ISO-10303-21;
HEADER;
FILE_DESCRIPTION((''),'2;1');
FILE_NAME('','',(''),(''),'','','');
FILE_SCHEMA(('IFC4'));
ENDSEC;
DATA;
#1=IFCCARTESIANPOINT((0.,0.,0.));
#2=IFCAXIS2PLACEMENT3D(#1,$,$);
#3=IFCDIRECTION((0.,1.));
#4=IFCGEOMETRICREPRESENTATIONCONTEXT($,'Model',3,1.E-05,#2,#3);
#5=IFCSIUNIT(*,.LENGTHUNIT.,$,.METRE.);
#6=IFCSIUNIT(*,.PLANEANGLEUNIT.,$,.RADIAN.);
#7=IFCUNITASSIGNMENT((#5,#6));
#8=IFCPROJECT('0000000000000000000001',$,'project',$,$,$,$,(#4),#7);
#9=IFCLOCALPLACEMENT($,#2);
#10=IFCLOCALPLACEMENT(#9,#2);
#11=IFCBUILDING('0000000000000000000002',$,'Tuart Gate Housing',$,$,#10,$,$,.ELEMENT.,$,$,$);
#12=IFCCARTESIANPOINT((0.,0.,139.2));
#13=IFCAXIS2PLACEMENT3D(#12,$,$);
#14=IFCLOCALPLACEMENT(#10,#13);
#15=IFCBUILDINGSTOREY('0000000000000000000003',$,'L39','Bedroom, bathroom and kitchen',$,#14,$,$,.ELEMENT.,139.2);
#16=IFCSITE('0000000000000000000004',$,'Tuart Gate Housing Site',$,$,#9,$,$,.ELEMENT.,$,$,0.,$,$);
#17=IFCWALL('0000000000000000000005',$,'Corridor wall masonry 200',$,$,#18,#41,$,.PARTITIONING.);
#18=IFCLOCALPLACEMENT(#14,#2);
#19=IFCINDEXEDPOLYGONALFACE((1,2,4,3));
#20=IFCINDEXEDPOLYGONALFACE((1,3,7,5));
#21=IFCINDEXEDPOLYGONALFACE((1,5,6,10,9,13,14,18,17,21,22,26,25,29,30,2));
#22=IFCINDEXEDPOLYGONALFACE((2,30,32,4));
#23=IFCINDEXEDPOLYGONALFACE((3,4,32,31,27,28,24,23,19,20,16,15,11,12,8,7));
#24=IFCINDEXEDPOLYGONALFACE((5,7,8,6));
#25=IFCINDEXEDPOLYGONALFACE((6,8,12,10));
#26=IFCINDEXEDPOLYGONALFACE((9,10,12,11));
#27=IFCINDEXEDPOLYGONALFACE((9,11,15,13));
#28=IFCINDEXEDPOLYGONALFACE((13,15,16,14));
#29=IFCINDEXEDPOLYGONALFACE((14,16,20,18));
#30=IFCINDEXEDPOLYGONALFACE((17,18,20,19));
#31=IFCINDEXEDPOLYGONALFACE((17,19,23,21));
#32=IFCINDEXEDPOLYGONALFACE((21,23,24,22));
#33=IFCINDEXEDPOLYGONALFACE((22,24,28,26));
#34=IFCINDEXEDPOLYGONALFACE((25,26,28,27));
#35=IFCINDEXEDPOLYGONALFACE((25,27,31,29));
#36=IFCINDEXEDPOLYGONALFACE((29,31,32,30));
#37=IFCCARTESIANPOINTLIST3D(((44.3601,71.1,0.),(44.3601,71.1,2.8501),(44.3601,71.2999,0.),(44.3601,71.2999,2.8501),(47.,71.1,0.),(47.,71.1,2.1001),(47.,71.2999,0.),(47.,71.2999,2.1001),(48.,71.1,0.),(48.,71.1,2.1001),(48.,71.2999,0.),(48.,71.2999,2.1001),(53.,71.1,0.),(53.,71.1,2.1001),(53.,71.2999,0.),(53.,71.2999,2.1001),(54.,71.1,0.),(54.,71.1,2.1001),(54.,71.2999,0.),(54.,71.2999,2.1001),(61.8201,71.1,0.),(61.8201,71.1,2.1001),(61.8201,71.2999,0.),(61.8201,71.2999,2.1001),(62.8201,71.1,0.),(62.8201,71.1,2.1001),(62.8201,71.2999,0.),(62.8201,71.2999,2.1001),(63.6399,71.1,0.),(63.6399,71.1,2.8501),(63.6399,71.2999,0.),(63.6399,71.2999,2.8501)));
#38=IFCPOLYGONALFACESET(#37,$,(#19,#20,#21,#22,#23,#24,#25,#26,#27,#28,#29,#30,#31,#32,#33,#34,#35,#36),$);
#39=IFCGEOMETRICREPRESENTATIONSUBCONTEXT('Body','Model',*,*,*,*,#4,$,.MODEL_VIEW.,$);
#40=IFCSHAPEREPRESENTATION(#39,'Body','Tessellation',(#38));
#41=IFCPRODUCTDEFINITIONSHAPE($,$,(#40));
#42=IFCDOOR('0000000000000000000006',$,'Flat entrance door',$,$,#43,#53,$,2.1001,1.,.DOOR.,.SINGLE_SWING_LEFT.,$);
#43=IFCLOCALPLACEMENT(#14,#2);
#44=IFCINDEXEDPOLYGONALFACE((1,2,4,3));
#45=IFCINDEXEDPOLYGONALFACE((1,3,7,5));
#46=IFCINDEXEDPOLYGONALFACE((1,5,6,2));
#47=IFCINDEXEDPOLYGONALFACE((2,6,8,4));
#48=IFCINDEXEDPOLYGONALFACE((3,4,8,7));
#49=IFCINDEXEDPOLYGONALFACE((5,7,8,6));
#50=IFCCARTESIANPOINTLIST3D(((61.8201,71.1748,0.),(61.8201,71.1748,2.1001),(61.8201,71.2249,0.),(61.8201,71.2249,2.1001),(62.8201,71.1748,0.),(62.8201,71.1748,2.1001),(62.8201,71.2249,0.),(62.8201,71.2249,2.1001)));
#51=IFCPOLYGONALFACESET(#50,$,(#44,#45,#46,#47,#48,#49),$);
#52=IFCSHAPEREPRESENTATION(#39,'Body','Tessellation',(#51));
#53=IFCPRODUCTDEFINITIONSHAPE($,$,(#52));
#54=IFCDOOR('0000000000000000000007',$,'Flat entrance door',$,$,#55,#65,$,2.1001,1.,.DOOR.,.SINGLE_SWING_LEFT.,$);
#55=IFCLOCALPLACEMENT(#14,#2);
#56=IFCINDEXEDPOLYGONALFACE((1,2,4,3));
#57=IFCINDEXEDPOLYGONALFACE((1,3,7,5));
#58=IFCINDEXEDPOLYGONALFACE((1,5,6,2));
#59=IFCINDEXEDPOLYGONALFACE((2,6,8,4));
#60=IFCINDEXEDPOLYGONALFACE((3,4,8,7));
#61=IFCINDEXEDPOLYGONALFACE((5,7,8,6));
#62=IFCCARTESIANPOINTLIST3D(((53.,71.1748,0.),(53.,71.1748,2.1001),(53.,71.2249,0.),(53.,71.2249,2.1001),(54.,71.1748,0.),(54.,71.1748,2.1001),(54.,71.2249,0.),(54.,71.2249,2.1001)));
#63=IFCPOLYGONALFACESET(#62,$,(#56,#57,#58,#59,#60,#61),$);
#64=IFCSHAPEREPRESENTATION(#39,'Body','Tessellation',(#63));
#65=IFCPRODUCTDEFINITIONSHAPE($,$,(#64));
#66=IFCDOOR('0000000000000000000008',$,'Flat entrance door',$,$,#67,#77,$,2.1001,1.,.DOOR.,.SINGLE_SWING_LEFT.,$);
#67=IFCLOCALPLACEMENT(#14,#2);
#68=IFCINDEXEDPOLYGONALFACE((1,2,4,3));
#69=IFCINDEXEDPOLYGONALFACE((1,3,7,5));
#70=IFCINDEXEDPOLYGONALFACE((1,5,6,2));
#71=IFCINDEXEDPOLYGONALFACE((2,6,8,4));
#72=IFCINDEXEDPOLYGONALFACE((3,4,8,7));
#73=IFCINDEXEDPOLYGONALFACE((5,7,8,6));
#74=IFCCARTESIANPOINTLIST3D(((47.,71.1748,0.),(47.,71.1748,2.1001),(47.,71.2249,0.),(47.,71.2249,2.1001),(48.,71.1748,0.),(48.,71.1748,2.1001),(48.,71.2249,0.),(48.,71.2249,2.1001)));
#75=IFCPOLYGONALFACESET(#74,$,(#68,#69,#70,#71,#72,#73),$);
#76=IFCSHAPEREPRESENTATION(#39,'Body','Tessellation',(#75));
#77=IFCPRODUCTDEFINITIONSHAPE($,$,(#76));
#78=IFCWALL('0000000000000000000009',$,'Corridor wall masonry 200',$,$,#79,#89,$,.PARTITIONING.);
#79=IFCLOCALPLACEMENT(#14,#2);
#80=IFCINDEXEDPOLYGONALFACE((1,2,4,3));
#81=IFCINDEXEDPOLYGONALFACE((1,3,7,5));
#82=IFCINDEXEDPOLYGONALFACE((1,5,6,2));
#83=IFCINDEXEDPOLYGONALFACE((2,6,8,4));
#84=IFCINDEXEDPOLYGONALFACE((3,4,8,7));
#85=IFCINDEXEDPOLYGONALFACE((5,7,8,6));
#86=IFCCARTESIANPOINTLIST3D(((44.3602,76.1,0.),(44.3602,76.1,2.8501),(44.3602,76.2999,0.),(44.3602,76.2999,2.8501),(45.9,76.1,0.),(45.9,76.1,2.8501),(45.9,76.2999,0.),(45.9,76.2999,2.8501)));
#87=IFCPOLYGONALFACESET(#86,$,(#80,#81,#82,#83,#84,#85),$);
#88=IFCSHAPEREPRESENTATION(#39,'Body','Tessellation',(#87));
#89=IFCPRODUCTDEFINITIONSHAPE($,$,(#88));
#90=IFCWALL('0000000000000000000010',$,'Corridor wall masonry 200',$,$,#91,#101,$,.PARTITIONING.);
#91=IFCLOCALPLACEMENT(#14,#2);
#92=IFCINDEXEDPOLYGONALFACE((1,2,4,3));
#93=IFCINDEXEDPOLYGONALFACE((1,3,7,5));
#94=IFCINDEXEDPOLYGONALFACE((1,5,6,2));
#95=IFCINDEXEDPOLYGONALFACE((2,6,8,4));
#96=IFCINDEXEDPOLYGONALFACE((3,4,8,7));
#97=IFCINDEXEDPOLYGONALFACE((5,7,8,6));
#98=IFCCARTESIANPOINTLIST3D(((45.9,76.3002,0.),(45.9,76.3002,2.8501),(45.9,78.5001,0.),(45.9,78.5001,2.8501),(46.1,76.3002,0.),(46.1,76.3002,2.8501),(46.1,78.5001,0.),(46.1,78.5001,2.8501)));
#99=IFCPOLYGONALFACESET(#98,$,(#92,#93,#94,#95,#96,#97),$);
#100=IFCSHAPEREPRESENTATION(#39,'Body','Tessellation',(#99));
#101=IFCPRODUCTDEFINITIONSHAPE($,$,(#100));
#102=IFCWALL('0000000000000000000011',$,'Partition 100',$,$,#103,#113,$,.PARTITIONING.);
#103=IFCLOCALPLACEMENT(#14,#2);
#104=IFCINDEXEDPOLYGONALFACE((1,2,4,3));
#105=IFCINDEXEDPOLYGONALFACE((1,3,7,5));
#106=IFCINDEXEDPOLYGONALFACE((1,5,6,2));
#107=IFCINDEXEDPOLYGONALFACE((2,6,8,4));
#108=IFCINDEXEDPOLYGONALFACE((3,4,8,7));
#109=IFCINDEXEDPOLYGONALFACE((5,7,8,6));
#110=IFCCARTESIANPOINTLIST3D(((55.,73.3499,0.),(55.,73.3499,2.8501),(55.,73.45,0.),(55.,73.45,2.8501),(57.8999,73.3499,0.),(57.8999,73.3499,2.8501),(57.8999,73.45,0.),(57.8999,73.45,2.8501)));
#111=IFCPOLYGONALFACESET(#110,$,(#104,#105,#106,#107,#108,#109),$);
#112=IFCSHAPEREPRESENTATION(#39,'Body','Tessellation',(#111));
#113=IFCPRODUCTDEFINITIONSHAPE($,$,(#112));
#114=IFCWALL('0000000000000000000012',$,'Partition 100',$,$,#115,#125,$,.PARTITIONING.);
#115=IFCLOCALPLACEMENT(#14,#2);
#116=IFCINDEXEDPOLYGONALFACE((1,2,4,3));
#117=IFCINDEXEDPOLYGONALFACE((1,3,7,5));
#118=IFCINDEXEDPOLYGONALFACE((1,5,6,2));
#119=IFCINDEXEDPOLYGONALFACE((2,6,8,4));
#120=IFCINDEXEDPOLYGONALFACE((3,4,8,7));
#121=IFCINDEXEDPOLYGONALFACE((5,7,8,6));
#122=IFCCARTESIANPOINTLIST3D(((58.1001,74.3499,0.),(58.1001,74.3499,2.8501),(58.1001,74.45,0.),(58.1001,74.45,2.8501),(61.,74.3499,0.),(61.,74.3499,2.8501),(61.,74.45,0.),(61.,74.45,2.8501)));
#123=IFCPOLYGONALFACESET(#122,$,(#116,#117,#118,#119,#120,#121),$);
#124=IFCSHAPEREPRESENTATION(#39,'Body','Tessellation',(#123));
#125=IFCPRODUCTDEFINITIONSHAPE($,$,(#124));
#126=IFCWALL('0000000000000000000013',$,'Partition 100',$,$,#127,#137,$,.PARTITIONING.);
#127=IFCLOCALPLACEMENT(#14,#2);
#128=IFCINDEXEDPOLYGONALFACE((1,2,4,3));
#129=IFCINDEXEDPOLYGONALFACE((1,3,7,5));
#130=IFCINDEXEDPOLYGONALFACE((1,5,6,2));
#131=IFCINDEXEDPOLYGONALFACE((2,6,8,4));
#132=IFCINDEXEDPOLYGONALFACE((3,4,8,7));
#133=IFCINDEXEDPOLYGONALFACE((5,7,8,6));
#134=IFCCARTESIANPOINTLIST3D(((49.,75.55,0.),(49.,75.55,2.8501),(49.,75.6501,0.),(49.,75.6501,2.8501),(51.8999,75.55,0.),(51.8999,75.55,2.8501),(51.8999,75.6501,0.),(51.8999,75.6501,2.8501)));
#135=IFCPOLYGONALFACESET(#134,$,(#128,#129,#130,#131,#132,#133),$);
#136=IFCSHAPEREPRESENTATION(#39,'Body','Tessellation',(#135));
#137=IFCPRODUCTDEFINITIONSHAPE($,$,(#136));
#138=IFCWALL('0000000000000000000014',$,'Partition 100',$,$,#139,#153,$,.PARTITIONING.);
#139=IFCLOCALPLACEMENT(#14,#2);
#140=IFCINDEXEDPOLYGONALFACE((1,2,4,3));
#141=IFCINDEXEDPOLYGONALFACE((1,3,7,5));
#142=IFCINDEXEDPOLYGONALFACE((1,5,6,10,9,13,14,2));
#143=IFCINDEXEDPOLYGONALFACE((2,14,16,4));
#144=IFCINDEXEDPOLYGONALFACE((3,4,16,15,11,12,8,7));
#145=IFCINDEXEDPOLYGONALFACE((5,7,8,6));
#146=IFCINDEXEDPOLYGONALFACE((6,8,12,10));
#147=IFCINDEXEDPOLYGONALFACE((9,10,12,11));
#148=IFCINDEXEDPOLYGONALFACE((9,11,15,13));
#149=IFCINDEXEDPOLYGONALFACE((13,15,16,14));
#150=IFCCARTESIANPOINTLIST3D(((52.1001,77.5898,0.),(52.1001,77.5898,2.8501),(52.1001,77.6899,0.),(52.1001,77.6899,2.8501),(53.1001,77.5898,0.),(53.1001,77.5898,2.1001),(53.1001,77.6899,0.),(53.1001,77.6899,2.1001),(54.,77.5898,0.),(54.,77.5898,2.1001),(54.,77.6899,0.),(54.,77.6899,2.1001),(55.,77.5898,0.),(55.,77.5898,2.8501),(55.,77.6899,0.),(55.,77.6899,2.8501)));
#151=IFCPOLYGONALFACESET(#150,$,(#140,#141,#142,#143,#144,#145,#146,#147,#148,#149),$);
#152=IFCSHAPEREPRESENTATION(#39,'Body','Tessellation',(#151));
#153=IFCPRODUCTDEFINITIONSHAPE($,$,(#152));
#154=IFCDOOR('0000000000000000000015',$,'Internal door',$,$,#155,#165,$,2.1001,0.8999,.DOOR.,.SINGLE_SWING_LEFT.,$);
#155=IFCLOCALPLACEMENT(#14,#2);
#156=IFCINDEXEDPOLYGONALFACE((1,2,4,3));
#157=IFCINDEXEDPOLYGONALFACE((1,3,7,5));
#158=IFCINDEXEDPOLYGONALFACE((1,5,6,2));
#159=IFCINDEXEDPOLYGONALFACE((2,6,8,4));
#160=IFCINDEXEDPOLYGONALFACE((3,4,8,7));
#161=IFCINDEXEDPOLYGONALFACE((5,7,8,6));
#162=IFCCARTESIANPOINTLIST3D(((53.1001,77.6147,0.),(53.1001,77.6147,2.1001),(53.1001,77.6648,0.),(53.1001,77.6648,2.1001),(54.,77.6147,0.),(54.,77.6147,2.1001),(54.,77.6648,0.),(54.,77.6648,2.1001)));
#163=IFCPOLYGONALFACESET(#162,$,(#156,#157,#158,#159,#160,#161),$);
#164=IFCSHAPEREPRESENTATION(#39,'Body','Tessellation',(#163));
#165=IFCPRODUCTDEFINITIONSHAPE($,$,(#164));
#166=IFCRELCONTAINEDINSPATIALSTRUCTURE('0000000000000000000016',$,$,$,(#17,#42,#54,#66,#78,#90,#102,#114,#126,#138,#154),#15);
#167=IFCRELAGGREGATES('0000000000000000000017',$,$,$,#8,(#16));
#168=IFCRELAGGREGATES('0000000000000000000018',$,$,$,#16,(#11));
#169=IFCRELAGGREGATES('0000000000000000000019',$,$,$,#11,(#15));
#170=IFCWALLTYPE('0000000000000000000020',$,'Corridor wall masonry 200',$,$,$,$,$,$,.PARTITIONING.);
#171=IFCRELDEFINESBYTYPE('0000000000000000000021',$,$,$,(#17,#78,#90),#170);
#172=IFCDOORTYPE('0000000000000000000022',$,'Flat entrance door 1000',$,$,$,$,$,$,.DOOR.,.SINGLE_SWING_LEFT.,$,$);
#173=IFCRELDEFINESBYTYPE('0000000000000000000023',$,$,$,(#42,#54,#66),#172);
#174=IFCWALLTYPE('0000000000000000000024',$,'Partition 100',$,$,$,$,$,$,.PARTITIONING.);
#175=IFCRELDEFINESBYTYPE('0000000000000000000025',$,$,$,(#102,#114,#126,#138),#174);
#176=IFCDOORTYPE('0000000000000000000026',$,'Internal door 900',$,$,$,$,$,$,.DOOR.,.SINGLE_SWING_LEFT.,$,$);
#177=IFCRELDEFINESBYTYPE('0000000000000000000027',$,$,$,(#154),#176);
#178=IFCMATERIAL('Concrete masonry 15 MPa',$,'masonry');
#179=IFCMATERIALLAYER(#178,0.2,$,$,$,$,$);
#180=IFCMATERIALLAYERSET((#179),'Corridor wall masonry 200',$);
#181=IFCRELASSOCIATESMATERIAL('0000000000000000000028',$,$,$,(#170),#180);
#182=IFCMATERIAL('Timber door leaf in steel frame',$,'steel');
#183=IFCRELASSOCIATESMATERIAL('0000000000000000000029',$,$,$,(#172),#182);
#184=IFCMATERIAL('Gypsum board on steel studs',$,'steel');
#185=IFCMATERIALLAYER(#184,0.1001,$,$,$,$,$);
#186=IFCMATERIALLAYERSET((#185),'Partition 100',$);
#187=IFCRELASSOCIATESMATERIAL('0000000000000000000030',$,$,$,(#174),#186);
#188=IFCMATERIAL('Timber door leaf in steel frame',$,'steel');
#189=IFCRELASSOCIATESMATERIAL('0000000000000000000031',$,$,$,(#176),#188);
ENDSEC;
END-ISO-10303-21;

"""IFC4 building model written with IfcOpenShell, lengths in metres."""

from ifc_helpers import new_model, si_unit, direction, frame, frame_2d, origin, place, context, subcontext, project, spatial, rectangle, extrude, material, layer, layer_set, type_object, element, fill, save


model = new_model("IFC4")

# Units and contexts
model_context = context("Model", 3, precision=1e-05, world=origin(), true_north=direction((0.0, 1.0)))
body_context = subcontext(model_context, "Body", "Model", "MODEL_VIEW")
ifc_project = project(units=[si_unit("LENGTHUNIT", "METRE"), si_unit("PLANEANGLEUNIT", "RADIAN")], contexts=[model_context])

# Site, building, storey
site_placement = place(None, origin())
site = spatial("IfcSite", under=ifc_project, at=site_placement, Name="Tuart Gate Housing Site", CompositionType="ELEMENT", RefElevation=0.0)
building_placement = place(site_placement, origin())
building = spatial("IfcBuilding", under=site, at=building_placement, Name="Tuart Gate Housing", CompositionType="ELEMENT")
storey_placement = place(building_placement, frame((0.0, 0.0, 139.2)))
storey = spatial("IfcBuildingStorey", under=building, at=storey_placement, Name="L39", Description="Bedroom, bathroom and kitchen", CompositionType="ELEMENT", Elevation=139.2)

# Wall, openings, doors
ifc_material_1 = material(Name="Concrete masonry 15 MPa", Category="masonry")
ifc_layer_1 = layer(ifc_material_1, 0.2)
ifc_layer_set_1 = layer_set([ifc_layer_1], Name="Corridor wall masonry 200")
wall_type_1 = type_object("IfcWallType", Name="Corridor wall masonry 200", PredefinedType="PARTITIONING", material=ifc_layer_set_1)
wall_1_placement = place(storey_placement, frame((44.3601, 71.2, 0.0), z_axis=(0.0, 0.0, 1.0), x_axis=(1.0, 0.0, 0.0)))
wall_1 = element("IfcWall", 1, at=wall_1_placement, inside=storey, type_object=wall_type_1, Name="Corridor wall masonry 200", PredefinedType="PARTITIONING", context=body_context, shape_type="SweptSolid", body=[
    extrude(rectangle(XDim=19.2798, YDim=0.2, at=frame_2d((9.6399, 0.0))), origin(), (0.0, 0.0, 1.0), 2.8501),
])
opening_1_placement = place(wall_1_placement, frame((17.46, 0.0, 0.0)))
opening_1 = element("IfcOpeningElement", 2, at=opening_1_placement, cuts=wall_1, PredefinedType="OPENING", context=body_context, shape_type="SweptSolid", body=[
    extrude(rectangle(XDim=1.0, YDim=2.1001, at=frame_2d((0.5, 1.05))), frame((0.0, 0.1099, 0.0), z_axis=(0.0, -1.0, 0.0), x_axis=(1.0, 0.0, 0.0)), (0.0, 0.0, 1.0), 0.22),
])
opening_2_placement = place(wall_1_placement, frame((8.6399, 0.0, 0.0)))
opening_2 = element("IfcOpeningElement", 3, at=opening_2_placement, cuts=wall_1, PredefinedType="OPENING", context=body_context, shape_type="SweptSolid", body=[
    extrude(rectangle(XDim=1.0, YDim=2.1001, at=frame_2d((0.5, 1.05))), frame((0.0, 0.1099, 0.0), z_axis=(0.0, -1.0, 0.0), x_axis=(1.0, 0.0, 0.0)), (0.0, 0.0, 1.0), 0.22),
])
opening_3_placement = place(wall_1_placement, frame((2.6399, 0.0, 0.0)))
opening_3 = element("IfcOpeningElement", 4, at=opening_3_placement, cuts=wall_1, PredefinedType="OPENING", context=body_context, shape_type="SweptSolid", body=[
    extrude(rectangle(XDim=1.0, YDim=2.1001, at=frame_2d((0.5, 1.05))), frame((0.0, 0.1099, 0.0), z_axis=(0.0, -1.0, 0.0), x_axis=(1.0, 0.0, 0.0)), (0.0, 0.0, 1.0), 0.22),
])
ifc_material_2 = material(Name="Timber door leaf in steel frame", Category="steel")
door_type_1 = type_object("IfcDoorType", Name="Flat entrance door 1000", OperationType="SINGLE_SWING_LEFT", PredefinedType="DOOR", material=ifc_material_2)
door_1_placement = place(opening_1_placement, origin())
door_1 = element("IfcDoor", 5, at=door_1_placement, inside=storey, type_object=door_type_1, Name="Flat entrance door", OperationType="SINGLE_SWING_LEFT", OverallHeight=2.1001, OverallWidth=1.0, PredefinedType="DOOR", context=body_context, shape_type="SweptSolid", body=[
    extrude(rectangle(XDim=1.0, YDim=2.1001, at=frame_2d((0.5, 1.05))), frame((0.0, 0.0249, 0.0), z_axis=(0.0, -1.0, 0.0), x_axis=(1.0, 0.0, 0.0)), (0.0, 0.0, 1.0), 0.05),
])
fill(opening_1, door_1)
door_2_placement = place(opening_2_placement, origin())
door_2 = element("IfcDoor", 6, at=door_2_placement, inside=storey, type_object=door_type_1, Name="Flat entrance door", OperationType="SINGLE_SWING_LEFT", OverallHeight=2.1001, OverallWidth=1.0, PredefinedType="DOOR", context=body_context, shape_type="SweptSolid", body=[
    extrude(rectangle(XDim=1.0, YDim=2.1001, at=frame_2d((0.5, 1.05))), frame((0.0, 0.0249, 0.0), z_axis=(0.0, -1.0, 0.0), x_axis=(1.0, 0.0, 0.0)), (0.0, 0.0, 1.0), 0.05),
])
fill(opening_2, door_2)
door_3_placement = place(opening_3_placement, origin())
door_3 = element("IfcDoor", 7, at=door_3_placement, inside=storey, type_object=door_type_1, Name="Flat entrance door", OperationType="SINGLE_SWING_LEFT", OverallHeight=2.1001, OverallWidth=1.0, PredefinedType="DOOR", context=body_context, shape_type="SweptSolid", body=[
    extrude(rectangle(XDim=1.0, YDim=2.1001, at=frame_2d((0.5, 1.05))), frame((0.0, 0.0249, 0.0), z_axis=(0.0, -1.0, 0.0), x_axis=(1.0, 0.0, 0.0)), (0.0, 0.0, 1.0), 0.05),
])
fill(opening_3, door_3)

# Walls
wall_2_placement = place(storey_placement, frame((44.3601, 76.2, 0.0), z_axis=(0.0, 0.0, 1.0), x_axis=(1.0, 0.0, 0.0)))
element("IfcWall", 8, at=wall_2_placement, inside=storey, type_object=wall_type_1, Name="Corridor wall masonry 200", PredefinedType="PARTITIONING", context=body_context, shape_type="SweptSolid", body=[
    extrude(rectangle(XDim=1.5398, YDim=0.2, at=frame_2d((0.77, 0.0))), origin(), (0.0, 0.0, 1.0), 2.8501),
])
wall_3_placement = place(storey_placement, frame((46.0, 76.3, 0.0), z_axis=(0.0, 0.0, 1.0), x_axis=(0.0, 1.0, 0.0)))
element("IfcWall", 9, at=wall_3_placement, inside=storey, type_object=wall_type_1, Name="Corridor wall masonry 200", PredefinedType="PARTITIONING", context=body_context, shape_type="SweptSolid", body=[
    extrude(rectangle(XDim=2.2, YDim=0.2, at=frame_2d((1.1001, 0.0))), origin(), (0.0, 0.0, 1.0), 2.8501),
])
ifc_material_3 = material(Name="Gypsum board on steel studs", Category="steel")
ifc_layer_2 = layer(ifc_material_3, 0.1001)
ifc_layer_set_2 = layer_set([ifc_layer_2], Name="Partition 100")
wall_type_2 = type_object("IfcWallType", Name="Partition 100", PredefinedType="PARTITIONING", material=ifc_layer_set_2)
for number, where, z_axis, x_axis, name in (
    (10, (55.0, 73.3999, 0.0), (0.0, 0.0, 1.0), (1.0, 0.0, 0.0), "Partition 100"),
    (11, (58.1001, 74.3999, 0.0), (0.0, 0.0, 1.0), (1.0, 0.0, 0.0), "Partition 100"),
    (12, (49.0, 75.6001, 0.0), (0.0, 0.0, 1.0), (1.0, 0.0, 0.0), "Partition 100"),
):
    element("IfcWall", number, at=place(storey_placement, frame(where, z_axis=z_axis, x_axis=x_axis)), inside=storey, type_object=wall_type_2, Name=name, PredefinedType="PARTITIONING", context=body_context, shape_type="SweptSolid", body=[
        extrude(rectangle(XDim=2.8999, YDim=0.1001, at=frame_2d((1.45, 0.0))), origin(), (0.0, 0.0, 1.0), 2.8501),
    ])

# Wall, opening, door
wall_4_placement = place(storey_placement, frame((52.1001, 77.6399, 0.0), z_axis=(0.0, 0.0, 1.0), x_axis=(1.0, 0.0, 0.0)))
wall_4 = element("IfcWall", 13, at=wall_4_placement, inside=storey, type_object=wall_type_2, Name="Partition 100", PredefinedType="PARTITIONING", context=body_context, shape_type="SweptSolid", body=[
    extrude(rectangle(XDim=2.8999, YDim=0.1001, at=frame_2d((1.45, 0.0))), origin(), (0.0, 0.0, 1.0), 2.8501),
])
opening_4_placement = place(wall_4_placement, frame((1.0, 0.0, 0.0)))
opening_4 = element("IfcOpeningElement", 14, at=opening_4_placement, cuts=wall_4, PredefinedType="OPENING", context=body_context, shape_type="SweptSolid", body=[
    extrude(rectangle(XDim=0.8999, YDim=2.1001, at=frame_2d((0.45, 1.05))), frame((0.0, 0.0601, 0.0), z_axis=(0.0, -1.0, 0.0), x_axis=(1.0, 0.0, 0.0)), (0.0, 0.0, 1.0), 0.1201),
])
ifc_material_4 = material(Name="Timber door leaf in steel frame", Category="steel")
door_type_2 = type_object("IfcDoorType", Name="Internal door 900", OperationType="SINGLE_SWING_LEFT", PredefinedType="DOOR", material=ifc_material_4)
door_4_placement = place(opening_4_placement, frame((0.8999, 0.0, 0.0), z_axis=(0.0, 0.0, 1.0), x_axis=(-1.0, 0.0, 0.0)))
door_4 = element("IfcDoor", 15, at=door_4_placement, inside=storey, type_object=door_type_2, Name="Internal door", OperationType="SINGLE_SWING_LEFT", OverallHeight=2.1001, OverallWidth=0.8999, PredefinedType="DOOR", context=body_context, shape_type="SweptSolid", body=[
    extrude(rectangle(XDim=0.8999, YDim=2.1001, at=frame_2d((0.45, 1.05))), frame((0.0, 0.0251, 0.0), z_axis=(0.0, -1.0, 0.0), x_axis=(1.0, 0.0, 0.0)), (0.0, 0.0, 1.0), 0.05),
])
fill(opening_4, door_4)

save(model, "model.ifc")
